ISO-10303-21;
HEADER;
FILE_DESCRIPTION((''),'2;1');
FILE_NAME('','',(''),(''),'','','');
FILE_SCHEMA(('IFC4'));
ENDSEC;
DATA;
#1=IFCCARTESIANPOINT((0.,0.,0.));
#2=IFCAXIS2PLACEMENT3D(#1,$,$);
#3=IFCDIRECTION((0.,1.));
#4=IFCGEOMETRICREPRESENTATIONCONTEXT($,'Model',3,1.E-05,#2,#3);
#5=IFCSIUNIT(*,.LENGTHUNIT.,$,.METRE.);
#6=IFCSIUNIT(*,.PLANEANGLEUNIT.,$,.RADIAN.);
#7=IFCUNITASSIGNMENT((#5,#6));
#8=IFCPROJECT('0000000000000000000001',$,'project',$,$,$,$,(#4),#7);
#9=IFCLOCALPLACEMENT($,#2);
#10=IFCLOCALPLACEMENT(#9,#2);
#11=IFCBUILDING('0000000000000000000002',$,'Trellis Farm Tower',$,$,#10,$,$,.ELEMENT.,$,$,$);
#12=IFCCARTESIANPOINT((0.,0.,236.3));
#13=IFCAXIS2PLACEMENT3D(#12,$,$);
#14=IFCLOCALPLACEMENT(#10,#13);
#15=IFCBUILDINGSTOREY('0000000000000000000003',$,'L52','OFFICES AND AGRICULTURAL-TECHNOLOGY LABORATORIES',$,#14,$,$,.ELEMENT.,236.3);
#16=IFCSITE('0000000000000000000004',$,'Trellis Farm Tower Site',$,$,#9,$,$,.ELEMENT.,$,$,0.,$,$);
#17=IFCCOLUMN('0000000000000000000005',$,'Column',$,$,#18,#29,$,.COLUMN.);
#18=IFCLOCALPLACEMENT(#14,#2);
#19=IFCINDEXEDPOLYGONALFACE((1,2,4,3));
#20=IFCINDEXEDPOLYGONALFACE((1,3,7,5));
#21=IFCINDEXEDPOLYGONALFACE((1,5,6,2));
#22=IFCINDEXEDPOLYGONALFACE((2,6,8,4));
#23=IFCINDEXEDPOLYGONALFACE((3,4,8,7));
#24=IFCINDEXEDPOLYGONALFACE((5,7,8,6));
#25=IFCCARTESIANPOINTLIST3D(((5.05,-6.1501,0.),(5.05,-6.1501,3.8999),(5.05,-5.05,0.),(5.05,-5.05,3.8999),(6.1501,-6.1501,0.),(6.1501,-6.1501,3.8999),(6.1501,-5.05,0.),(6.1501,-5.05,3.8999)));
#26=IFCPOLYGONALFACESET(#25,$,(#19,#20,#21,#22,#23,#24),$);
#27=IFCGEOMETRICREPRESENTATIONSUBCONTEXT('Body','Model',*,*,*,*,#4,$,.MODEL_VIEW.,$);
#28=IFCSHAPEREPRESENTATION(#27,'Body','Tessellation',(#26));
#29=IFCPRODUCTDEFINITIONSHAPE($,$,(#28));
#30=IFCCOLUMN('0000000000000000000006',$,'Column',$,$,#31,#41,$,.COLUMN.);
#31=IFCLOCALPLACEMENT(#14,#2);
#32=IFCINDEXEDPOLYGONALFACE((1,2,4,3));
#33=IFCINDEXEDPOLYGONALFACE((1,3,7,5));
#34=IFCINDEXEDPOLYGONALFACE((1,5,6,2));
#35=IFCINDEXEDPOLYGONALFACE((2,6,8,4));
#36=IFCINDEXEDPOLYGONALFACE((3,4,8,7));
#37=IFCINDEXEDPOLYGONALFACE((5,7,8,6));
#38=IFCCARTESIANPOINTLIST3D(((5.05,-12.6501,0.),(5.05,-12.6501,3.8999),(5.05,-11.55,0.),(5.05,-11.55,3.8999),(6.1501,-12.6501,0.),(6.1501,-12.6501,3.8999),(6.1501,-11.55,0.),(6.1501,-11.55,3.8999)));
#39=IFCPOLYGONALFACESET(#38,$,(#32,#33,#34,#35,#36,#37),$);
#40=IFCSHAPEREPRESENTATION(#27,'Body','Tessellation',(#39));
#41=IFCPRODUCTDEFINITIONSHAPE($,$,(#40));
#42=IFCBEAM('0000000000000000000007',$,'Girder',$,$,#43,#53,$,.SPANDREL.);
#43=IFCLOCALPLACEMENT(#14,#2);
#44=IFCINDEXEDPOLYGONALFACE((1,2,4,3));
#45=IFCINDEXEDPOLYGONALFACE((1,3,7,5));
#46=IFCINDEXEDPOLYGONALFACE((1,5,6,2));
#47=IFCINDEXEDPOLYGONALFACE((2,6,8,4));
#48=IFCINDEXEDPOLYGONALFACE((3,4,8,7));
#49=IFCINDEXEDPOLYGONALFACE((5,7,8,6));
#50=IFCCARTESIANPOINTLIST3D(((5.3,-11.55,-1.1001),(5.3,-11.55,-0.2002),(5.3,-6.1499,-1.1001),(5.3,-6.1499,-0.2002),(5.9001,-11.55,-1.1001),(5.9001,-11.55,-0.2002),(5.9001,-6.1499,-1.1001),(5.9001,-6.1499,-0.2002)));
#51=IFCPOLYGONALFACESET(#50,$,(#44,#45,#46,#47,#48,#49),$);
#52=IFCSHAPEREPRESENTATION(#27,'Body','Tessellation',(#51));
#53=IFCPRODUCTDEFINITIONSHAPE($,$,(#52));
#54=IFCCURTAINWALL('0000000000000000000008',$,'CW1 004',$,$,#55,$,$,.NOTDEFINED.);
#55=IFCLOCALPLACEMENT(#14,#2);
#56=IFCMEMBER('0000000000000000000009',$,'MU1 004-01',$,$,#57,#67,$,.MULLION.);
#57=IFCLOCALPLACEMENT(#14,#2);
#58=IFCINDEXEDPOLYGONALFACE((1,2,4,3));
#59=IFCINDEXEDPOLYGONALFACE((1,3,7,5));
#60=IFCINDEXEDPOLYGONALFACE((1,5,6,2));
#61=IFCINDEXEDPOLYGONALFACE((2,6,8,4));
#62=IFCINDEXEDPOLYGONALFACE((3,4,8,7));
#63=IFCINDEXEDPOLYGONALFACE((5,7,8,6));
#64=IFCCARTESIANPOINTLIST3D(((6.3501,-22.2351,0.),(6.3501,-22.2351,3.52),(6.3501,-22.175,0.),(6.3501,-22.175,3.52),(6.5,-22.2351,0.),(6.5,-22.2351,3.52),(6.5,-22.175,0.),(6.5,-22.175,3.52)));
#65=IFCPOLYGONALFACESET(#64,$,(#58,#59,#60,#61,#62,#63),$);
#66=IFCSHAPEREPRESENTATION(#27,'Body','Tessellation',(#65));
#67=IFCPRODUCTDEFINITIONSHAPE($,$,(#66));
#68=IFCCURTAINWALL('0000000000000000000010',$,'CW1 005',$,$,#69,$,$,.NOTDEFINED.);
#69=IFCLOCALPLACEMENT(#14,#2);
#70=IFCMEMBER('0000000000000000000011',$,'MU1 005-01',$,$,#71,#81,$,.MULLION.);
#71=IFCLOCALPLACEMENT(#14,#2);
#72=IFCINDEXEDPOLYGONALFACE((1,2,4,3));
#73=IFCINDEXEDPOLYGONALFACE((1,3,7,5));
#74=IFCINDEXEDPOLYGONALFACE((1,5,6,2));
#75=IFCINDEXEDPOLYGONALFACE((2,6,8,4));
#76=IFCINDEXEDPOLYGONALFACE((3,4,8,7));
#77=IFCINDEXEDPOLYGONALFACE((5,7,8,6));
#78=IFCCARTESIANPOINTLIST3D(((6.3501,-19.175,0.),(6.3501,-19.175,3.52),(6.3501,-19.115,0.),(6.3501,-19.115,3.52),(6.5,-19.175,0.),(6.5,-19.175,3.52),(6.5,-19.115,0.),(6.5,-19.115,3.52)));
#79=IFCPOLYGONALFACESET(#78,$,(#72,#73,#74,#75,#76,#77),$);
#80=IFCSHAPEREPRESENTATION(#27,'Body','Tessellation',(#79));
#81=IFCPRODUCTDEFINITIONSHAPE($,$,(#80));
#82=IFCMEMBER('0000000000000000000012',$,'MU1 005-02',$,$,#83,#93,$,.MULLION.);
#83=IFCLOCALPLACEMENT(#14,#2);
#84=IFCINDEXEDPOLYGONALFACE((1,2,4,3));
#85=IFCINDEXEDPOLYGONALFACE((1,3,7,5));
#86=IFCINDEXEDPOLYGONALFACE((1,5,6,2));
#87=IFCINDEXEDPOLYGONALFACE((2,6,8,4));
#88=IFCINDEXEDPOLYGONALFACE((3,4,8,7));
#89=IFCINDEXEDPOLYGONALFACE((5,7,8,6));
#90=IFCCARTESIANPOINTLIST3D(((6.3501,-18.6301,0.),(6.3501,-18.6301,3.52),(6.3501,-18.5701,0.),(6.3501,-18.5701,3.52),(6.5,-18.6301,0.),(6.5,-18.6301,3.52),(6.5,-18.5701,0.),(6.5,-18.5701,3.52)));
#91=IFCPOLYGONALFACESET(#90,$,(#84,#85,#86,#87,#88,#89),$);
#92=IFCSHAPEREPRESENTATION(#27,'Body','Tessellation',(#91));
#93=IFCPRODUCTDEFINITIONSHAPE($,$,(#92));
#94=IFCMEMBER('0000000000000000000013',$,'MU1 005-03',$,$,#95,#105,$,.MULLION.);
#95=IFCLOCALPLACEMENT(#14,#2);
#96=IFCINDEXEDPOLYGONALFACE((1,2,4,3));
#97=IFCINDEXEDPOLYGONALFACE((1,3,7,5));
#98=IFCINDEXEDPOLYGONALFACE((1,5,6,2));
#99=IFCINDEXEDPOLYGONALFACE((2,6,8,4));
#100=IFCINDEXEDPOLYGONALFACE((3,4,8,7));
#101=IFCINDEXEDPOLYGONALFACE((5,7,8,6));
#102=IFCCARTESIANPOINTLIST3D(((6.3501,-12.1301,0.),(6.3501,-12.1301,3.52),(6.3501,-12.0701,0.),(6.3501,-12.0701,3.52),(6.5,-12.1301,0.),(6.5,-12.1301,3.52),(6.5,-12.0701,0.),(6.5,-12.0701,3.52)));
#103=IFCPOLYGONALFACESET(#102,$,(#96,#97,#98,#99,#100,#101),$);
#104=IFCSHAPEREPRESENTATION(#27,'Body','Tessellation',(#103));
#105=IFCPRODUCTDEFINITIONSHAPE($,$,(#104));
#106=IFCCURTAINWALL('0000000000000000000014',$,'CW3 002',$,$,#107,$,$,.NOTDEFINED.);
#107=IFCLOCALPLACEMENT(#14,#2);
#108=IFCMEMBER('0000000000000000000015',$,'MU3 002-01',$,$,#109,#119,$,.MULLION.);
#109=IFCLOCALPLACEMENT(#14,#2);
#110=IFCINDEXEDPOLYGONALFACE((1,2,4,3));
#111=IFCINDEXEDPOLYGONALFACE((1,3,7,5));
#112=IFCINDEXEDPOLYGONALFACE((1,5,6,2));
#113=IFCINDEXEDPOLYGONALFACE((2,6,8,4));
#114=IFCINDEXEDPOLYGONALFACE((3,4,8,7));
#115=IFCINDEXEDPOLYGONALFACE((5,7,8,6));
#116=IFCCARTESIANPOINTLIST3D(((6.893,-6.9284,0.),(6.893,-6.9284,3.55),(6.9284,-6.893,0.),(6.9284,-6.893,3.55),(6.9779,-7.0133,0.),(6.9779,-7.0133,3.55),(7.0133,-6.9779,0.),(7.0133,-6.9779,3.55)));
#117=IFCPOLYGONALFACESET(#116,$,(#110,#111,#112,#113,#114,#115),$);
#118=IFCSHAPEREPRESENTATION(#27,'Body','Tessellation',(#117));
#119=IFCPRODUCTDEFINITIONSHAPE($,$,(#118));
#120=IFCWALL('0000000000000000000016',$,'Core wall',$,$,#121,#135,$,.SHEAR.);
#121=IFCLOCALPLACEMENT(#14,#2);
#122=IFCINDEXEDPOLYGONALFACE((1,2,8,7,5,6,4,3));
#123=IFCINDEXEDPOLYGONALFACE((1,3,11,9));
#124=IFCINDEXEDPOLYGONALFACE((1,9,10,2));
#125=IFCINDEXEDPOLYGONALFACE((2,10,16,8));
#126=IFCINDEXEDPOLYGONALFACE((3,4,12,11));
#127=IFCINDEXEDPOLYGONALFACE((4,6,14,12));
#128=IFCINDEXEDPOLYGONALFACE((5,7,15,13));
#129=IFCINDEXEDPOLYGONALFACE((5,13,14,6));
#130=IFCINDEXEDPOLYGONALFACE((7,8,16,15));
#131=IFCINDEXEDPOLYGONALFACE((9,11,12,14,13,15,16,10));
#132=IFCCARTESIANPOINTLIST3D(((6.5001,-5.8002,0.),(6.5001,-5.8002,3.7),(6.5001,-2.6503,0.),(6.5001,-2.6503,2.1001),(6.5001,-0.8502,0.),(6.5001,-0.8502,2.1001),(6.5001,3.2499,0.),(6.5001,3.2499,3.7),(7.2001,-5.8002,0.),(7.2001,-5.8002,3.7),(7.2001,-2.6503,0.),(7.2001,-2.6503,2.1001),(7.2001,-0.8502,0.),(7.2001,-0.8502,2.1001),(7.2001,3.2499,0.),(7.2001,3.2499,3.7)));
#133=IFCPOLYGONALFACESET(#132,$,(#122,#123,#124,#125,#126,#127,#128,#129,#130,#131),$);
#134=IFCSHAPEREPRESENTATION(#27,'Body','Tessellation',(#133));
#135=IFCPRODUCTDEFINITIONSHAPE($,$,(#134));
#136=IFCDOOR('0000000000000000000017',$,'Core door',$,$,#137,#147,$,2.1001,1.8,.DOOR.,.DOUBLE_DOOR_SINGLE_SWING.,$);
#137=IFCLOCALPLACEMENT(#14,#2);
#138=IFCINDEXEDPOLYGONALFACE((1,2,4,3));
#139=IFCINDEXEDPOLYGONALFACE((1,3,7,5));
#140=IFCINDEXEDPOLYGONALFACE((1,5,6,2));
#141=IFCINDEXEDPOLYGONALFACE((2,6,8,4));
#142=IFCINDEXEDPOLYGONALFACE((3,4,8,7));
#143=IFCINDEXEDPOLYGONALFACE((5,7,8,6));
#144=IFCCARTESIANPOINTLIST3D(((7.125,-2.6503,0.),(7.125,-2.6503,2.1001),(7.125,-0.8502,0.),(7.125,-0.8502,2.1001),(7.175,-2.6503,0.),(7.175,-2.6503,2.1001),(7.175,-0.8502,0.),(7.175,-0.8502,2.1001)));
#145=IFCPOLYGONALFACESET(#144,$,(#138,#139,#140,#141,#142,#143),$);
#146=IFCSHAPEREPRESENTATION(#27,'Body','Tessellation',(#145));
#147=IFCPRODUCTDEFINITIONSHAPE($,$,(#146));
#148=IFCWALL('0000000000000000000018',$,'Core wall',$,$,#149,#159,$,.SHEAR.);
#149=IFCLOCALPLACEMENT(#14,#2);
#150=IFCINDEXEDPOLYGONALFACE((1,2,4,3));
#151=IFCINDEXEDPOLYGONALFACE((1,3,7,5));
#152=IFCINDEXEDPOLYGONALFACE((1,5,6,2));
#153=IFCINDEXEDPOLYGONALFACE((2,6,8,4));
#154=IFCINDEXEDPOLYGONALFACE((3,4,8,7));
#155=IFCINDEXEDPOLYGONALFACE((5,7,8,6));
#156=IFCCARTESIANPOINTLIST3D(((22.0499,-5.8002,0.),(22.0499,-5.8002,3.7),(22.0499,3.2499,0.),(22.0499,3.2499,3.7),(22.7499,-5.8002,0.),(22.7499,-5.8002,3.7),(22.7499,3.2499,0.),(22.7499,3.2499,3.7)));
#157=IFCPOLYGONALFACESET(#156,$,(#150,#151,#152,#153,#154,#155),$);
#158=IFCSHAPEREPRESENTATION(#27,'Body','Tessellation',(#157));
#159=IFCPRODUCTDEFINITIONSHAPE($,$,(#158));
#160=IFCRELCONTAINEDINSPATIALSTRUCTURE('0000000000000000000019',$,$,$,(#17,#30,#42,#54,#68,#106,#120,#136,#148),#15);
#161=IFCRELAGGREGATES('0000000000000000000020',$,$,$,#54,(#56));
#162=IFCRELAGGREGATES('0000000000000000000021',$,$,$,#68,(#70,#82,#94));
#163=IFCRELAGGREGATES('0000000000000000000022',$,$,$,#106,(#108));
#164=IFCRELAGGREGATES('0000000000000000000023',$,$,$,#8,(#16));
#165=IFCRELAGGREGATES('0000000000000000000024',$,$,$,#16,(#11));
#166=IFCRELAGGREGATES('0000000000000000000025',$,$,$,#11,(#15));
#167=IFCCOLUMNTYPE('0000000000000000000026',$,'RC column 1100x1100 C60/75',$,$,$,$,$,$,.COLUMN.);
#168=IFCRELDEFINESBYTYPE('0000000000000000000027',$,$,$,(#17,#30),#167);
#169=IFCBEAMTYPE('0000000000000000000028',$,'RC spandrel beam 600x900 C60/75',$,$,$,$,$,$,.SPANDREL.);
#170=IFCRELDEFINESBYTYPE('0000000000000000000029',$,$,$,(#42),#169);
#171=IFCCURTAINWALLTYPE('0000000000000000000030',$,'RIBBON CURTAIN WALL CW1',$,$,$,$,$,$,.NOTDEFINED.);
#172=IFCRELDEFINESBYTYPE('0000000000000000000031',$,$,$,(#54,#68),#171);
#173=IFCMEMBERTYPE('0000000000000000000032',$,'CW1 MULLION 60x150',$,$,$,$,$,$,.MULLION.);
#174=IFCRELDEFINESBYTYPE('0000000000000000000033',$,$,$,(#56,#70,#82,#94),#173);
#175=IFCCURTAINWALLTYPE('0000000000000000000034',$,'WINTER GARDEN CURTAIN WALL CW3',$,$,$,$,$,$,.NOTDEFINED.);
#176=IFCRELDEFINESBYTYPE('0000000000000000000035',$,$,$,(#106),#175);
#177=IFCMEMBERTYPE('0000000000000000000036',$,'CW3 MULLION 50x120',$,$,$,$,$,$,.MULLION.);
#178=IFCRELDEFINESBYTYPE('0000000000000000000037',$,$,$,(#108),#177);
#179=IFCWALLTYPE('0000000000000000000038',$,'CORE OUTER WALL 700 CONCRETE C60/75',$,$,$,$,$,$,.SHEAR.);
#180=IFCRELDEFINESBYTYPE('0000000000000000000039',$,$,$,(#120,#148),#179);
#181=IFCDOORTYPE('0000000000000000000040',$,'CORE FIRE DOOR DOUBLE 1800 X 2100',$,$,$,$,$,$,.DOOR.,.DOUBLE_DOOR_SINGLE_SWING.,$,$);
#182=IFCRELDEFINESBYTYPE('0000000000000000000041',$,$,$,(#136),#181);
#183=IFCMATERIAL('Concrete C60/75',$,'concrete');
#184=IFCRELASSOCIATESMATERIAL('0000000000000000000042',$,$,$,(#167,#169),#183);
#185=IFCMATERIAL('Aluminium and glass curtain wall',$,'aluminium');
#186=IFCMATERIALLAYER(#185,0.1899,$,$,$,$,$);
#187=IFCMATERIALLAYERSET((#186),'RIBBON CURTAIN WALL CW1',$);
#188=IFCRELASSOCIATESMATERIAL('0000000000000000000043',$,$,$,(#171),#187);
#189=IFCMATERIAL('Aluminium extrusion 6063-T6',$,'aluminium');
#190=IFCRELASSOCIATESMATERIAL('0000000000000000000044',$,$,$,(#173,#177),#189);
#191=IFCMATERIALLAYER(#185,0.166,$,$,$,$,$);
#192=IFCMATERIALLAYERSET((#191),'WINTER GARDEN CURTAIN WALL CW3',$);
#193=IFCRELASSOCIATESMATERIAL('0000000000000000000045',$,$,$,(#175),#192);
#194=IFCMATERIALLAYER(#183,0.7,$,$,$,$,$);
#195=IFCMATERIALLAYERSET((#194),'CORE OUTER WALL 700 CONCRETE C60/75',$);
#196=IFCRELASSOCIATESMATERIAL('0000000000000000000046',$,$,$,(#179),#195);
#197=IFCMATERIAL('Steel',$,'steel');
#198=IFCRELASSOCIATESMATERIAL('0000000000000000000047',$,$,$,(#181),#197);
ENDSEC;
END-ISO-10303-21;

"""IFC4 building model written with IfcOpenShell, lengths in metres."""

from ifc_helpers import new_model, si_unit, direction, frame, frame_2d, origin, origin_2d, place, context, subcontext, project, spatial, rectangle, extrude, source, transform, mapped, material, layer, layer_set, material_profile, profile_set, type_object, element, fill, aggregate, save


model = new_model("IFC4")

# Units and contexts
model_context = context("Model", 3, precision=1e-05, world=origin(), true_north=direction((0.0, 1.0)))
body_context = subcontext(model_context, "Body", "Model", "MODEL_VIEW")
ifc_project = project(units=[si_unit("LENGTHUNIT", "METRE"), si_unit("PLANEANGLEUNIT", "RADIAN")], contexts=[model_context])

# Site, building, storey
site_placement = place(None, origin())
site = spatial("IfcSite", under=ifc_project, at=site_placement, Name="Trellis Farm Tower Site", CompositionType="ELEMENT", RefElevation=0.0)
building_placement = place(site_placement, origin())
building = spatial("IfcBuilding", under=site, at=building_placement, Name="Trellis Farm Tower", CompositionType="ELEMENT")
storey_placement = place(building_placement, frame((0.0, 0.0, 236.3)))
storey = spatial("IfcBuildingStorey", under=building, at=storey_placement, Name="L52", Description="OFFICES AND AGRICULTURAL-TECHNOLOGY LABORATORIES", CompositionType="ELEMENT", Elevation=236.3)

# Columns
ifc_material_1 = material(Name="Concrete C60/75", Category="concrete")
ifc_material_profile_1 = material_profile(ifc_material_1, rectangle(XDim=1.1001, YDim=1.1001, at=origin_2d()), Name="RC column 1100x1100 C60/75")
ifc_profile_set_1 = profile_set([ifc_material_profile_1], Name="Concrete C60/75")
column_type = type_object("IfcColumnType", Name="RC column 1100x1100 C60/75", PredefinedType="COLUMN", material=ifc_profile_set_1)
shared_shape_1 = source(origin(), body_context, "Body", "SweptSolid", [
    extrude(rectangle(XDim=1.1001, YDim=1.1001, at=origin_2d()), origin(), (0.0, 0.0, 1.0), 3.8999),
])
for number, where, z_axis, x_axis, name in (
    (1, (5.6001, -5.6001, 0.0), (0.0, 0.0, 1.0), (1.0, 0.0, 0.0), "Column"),
    (2, (5.6001, -12.1001, 0.0), (0.0, 0.0, 1.0), (1.0, 0.0, 0.0), "Column"),
):
    element("IfcColumn", number, at=place(storey_placement, frame(where, z_axis=z_axis, x_axis=x_axis)), inside=storey, type_object=column_type, Name=name, PredefinedType="COLUMN", context=body_context, shape_type="MappedRepresentation", body=[
        mapped(shared_shape_1, transform((0.0, 0.0, 0.0))),
    ])

# Beam
ifc_material_profile_2 = material_profile(ifc_material_1, rectangle(XDim=0.6001, YDim=0.8999, at=origin_2d()), Name="RC spandrel beam 600x900 C60/75")
ifc_profile_set_2 = profile_set([ifc_material_profile_2], Name="Concrete C60/75")
beam_type = type_object("IfcBeamType", Name="RC spandrel beam 600x900 C60/75", PredefinedType="SPANDREL", material=ifc_profile_set_2)
shared_shape_2 = source(origin(), body_context, "Body", "SweptSolid", [
    extrude(rectangle(XDim=0.6001, YDim=0.8999, at=origin_2d()), origin(), (0.0, 0.0, 1.0), 5.4001),
])
beam_placement = place(storey_placement, frame((5.6001, -11.55, -0.6501), z_axis=(0.0, 1.0, 0.0), x_axis=(-1.0, 0.0, 0.0)))
element("IfcBeam", 3, at=beam_placement, inside=storey, type_object=beam_type, Name="Girder", PredefinedType="SPANDREL", context=body_context, shape_type="MappedRepresentation", body=[
    mapped(shared_shape_2, transform((0.0, 0.0, 0.0))),
])

# Curtain wall, member
ifc_material_2 = material(Name="Aluminium and glass curtain wall", Category="aluminium")
ifc_layer_1 = layer(ifc_material_2, 0.1899)
ifc_layer_set_1 = layer_set([ifc_layer_1], Name="RIBBON CURTAIN WALL CW1")
curtain_wall_type_1 = type_object("IfcCurtainWallType", Name="RIBBON CURTAIN WALL CW1", PredefinedType="NOTDEFINED", material=ifc_layer_set_1)
placement = place(storey_placement, origin())
curtain_wall_1 = element("IfcCurtainWall", 4, at=placement, inside=storey, type_object=curtain_wall_type_1, Name="CW1 004", PredefinedType="NOTDEFINED")
ifc_material_3 = material(Name="Aluminium extrusion 6063-T6", Category="aluminium")
ifc_material_profile_3 = material_profile(ifc_material_3, rectangle(XDim=0.0601, YDim=0.1499, at=origin_2d()), Name="MULLION 60x150")
ifc_profile_set_3 = profile_set([ifc_material_profile_3], Name="Aluminium extrusion 6063-T6")
member_type_1 = type_object("IfcMemberType", Name="CW1 MULLION 60x150", PredefinedType="MULLION", material=ifc_profile_set_3)
shared_shape_3 = source(origin(), body_context, "Body", "SweptSolid", [
    extrude(rectangle(XDim=0.0601, YDim=0.1499, at=origin_2d()), origin(), (0.0, 0.0, 1.0), 3.52),
])
member_1_placement = place(storey_placement, frame((6.425, -22.2051, 0.0), z_axis=(0.0, 0.0, 1.0), x_axis=(0.0, 1.0, 0.0)))
member_1 = element("IfcMember", 5, at=member_1_placement, type_object=member_type_1, Name="MU1 004-01", PredefinedType="MULLION", context=body_context, shape_type="MappedRepresentation", body=[
    mapped(shared_shape_3, transform((0.0, 0.0, 0.0))),
])
aggregate(curtain_wall_1, [member_1])

# Curtain wall, members
curtain_wall_2 = element("IfcCurtainWall", 6, at=placement, inside=storey, type_object=curtain_wall_type_1, Name="CW1 005", PredefinedType="NOTDEFINED")
member_2_placement = place(storey_placement, frame((6.425, -19.145, 0.0), z_axis=(0.0, 0.0, 1.0), x_axis=(0.0, 1.0, 0.0)))
member_2 = element("IfcMember", 7, at=member_2_placement, type_object=member_type_1, Name="MU1 005-01", PredefinedType="MULLION", context=body_context, shape_type="MappedRepresentation", body=[
    mapped(shared_shape_3, transform((0.0, 0.0, 0.0))),
])
member_3_placement = place(storey_placement, frame((6.425, -18.6001, 0.0), z_axis=(0.0, 0.0, 1.0), x_axis=(0.0, 1.0, 0.0)))
member_3 = element("IfcMember", 8, at=member_3_placement, type_object=member_type_1, Name="MU1 005-02", PredefinedType="MULLION", context=body_context, shape_type="MappedRepresentation", body=[
    mapped(shared_shape_3, transform((0.0, 0.0, 0.0))),
])
member_4_placement = place(storey_placement, frame((6.425, -12.1001, 0.0), z_axis=(0.0, 0.0, 1.0), x_axis=(0.0, 1.0, 0.0)))
member_4 = element("IfcMember", 9, at=member_4_placement, type_object=member_type_1, Name="MU1 005-03", PredefinedType="MULLION", context=body_context, shape_type="MappedRepresentation", body=[
    mapped(shared_shape_3, transform((0.0, 0.0, 0.0))),
])
aggregate(curtain_wall_2, [member_2, member_3, member_4])

# Curtain wall, member
ifc_layer_2 = layer(ifc_material_2, 0.166)
ifc_layer_set_2 = layer_set([ifc_layer_2], Name="WINTER GARDEN CURTAIN WALL CW3")
curtain_wall_type_2 = type_object("IfcCurtainWallType", Name="WINTER GARDEN CURTAIN WALL CW3", PredefinedType="NOTDEFINED", material=ifc_layer_set_2)
curtain_wall_3 = element("IfcCurtainWall", 10, at=placement, inside=storey, type_object=curtain_wall_type_2, Name="CW3 002", PredefinedType="NOTDEFINED")
ifc_material_profile_4 = material_profile(ifc_material_3, rectangle(XDim=0.05, YDim=0.1201, at=origin_2d()), Name="MULLION 50x120")
ifc_profile_set_4 = profile_set([ifc_material_profile_4], Name="Aluminium extrusion 6063-T6")
member_type_2 = type_object("IfcMemberType", Name="CW3 MULLION 50x120", PredefinedType="MULLION", material=ifc_profile_set_4)
shared_shape_4 = source(origin(), body_context, "Body", "SweptSolid", [
    extrude(rectangle(XDim=0.05, YDim=0.1201, at=origin_2d()), origin(), (0.0, 0.0, 1.0), 3.55),
])
member_5_placement = place(storey_placement, frame((6.9531, -6.9531, 0.0), z_axis=(0.0, 0.0, 1.0), x_axis=(0.707107, 0.707107, 0.0)))
member_5 = element("IfcMember", 11, at=member_5_placement, type_object=member_type_2, Name="MU3 002-01", PredefinedType="MULLION", context=body_context, shape_type="MappedRepresentation", body=[
    mapped(shared_shape_4, transform((0.0, 0.0, 0.0))),
])
aggregate(curtain_wall_3, [member_5])

# Wall, opening, door
ifc_layer_3 = layer(ifc_material_1, 0.7)
ifc_layer_set_3 = layer_set([ifc_layer_3], Name="CORE OUTER WALL 700 CONCRETE C60/75")
wall_type_1 = type_object("IfcWallType", Name="CORE OUTER WALL 700 CONCRETE C60/75", PredefinedType="SHEAR", material=ifc_layer_set_3)
shared_shape_5 = source(origin(), body_context, "Body", "SweptSolid", [
    extrude(rectangle(XDim=9.05, YDim=0.7, at=frame_2d((4.5249, 0.0))), origin(), (0.0, 0.0, 1.0), 3.7),
])
wall_1_placement = place(storey_placement, frame((6.8501, -5.8, 0.0), z_axis=(0.0, 0.0, 1.0), x_axis=(0.0, 1.0, 0.0)))
wall_1 = element("IfcWall", 12, at=wall_1_placement, inside=storey, type_object=wall_type_1, Name="Core wall", PredefinedType="SHEAR", context=body_context, shape_type="MappedRepresentation", body=[
    mapped(shared_shape_5, transform((0.0, 0.0, 0.0))),
])
shared_shape_6 = source(origin(), body_context, "Body", "SweptSolid", [
    extrude(rectangle(XDim=1.8, YDim=2.1001, at=frame_2d((0.8999, 1.05))), frame((0.0, 0.3601, 0.0), z_axis=(0.0, -1.0, 0.0), x_axis=(1.0, 0.0, 0.0)), (0.0, 0.0, 1.0), 0.7202),
])
opening_1_placement = place(wall_1_placement, frame((3.1499, 0.0, 0.0)))
opening_1 = element("IfcOpeningElement", 13, at=opening_1_placement, cuts=wall_1, PredefinedType="OPENING", context=body_context, shape_type="MappedRepresentation", body=[
    mapped(shared_shape_6, transform((0.0, 0.0, 0.0))),
])
ifc_material_4 = material(Name="Steel", Category="steel")
door_type_1 = type_object("IfcDoorType", Name="CORE FIRE DOOR DOUBLE 1800 X 2100", OperationType="DOUBLE_DOOR_SINGLE_SWING", PredefinedType="DOOR", material=ifc_material_4)
shared_shape_7 = source(origin(), body_context, "Body", "SweptSolid", [
    extrude(rectangle(XDim=1.8, YDim=2.1001, at=frame_2d((0.8999, 1.05))), frame((0.0, -0.2749, 0.0), z_axis=(0.0, -1.0, 0.0), x_axis=(1.0, 0.0, 0.0)), (0.0, 0.0, 1.0), 0.05),
])
door_1_placement = place(opening_1_placement, origin())
door_1 = element("IfcDoor", 14, at=door_1_placement, inside=storey, type_object=door_type_1, Name="Core door", OperationType="DOUBLE_DOOR_SINGLE_SWING", OverallHeight=2.1001, OverallWidth=1.8, PredefinedType="DOOR", context=body_context, shape_type="MappedRepresentation", body=[
    mapped(shared_shape_7, transform((0.0, 0.0, 0.0))),
])
fill(opening_1, door_1)

# Wall
wall_2_placement = place(storey_placement, frame((22.3999, -5.8, 0.0), z_axis=(0.0, 0.0, 1.0), x_axis=(0.0, 1.0, 0.0)))
element("IfcWall", 15, at=wall_2_placement, inside=storey, type_object=wall_type_1, Name="Core wall", PredefinedType="SHEAR", context=body_context, shape_type="MappedRepresentation", body=[
    mapped(shared_shape_5, transform((0.0, 0.0, 0.0))),
])

save(model, "model.ifc")
